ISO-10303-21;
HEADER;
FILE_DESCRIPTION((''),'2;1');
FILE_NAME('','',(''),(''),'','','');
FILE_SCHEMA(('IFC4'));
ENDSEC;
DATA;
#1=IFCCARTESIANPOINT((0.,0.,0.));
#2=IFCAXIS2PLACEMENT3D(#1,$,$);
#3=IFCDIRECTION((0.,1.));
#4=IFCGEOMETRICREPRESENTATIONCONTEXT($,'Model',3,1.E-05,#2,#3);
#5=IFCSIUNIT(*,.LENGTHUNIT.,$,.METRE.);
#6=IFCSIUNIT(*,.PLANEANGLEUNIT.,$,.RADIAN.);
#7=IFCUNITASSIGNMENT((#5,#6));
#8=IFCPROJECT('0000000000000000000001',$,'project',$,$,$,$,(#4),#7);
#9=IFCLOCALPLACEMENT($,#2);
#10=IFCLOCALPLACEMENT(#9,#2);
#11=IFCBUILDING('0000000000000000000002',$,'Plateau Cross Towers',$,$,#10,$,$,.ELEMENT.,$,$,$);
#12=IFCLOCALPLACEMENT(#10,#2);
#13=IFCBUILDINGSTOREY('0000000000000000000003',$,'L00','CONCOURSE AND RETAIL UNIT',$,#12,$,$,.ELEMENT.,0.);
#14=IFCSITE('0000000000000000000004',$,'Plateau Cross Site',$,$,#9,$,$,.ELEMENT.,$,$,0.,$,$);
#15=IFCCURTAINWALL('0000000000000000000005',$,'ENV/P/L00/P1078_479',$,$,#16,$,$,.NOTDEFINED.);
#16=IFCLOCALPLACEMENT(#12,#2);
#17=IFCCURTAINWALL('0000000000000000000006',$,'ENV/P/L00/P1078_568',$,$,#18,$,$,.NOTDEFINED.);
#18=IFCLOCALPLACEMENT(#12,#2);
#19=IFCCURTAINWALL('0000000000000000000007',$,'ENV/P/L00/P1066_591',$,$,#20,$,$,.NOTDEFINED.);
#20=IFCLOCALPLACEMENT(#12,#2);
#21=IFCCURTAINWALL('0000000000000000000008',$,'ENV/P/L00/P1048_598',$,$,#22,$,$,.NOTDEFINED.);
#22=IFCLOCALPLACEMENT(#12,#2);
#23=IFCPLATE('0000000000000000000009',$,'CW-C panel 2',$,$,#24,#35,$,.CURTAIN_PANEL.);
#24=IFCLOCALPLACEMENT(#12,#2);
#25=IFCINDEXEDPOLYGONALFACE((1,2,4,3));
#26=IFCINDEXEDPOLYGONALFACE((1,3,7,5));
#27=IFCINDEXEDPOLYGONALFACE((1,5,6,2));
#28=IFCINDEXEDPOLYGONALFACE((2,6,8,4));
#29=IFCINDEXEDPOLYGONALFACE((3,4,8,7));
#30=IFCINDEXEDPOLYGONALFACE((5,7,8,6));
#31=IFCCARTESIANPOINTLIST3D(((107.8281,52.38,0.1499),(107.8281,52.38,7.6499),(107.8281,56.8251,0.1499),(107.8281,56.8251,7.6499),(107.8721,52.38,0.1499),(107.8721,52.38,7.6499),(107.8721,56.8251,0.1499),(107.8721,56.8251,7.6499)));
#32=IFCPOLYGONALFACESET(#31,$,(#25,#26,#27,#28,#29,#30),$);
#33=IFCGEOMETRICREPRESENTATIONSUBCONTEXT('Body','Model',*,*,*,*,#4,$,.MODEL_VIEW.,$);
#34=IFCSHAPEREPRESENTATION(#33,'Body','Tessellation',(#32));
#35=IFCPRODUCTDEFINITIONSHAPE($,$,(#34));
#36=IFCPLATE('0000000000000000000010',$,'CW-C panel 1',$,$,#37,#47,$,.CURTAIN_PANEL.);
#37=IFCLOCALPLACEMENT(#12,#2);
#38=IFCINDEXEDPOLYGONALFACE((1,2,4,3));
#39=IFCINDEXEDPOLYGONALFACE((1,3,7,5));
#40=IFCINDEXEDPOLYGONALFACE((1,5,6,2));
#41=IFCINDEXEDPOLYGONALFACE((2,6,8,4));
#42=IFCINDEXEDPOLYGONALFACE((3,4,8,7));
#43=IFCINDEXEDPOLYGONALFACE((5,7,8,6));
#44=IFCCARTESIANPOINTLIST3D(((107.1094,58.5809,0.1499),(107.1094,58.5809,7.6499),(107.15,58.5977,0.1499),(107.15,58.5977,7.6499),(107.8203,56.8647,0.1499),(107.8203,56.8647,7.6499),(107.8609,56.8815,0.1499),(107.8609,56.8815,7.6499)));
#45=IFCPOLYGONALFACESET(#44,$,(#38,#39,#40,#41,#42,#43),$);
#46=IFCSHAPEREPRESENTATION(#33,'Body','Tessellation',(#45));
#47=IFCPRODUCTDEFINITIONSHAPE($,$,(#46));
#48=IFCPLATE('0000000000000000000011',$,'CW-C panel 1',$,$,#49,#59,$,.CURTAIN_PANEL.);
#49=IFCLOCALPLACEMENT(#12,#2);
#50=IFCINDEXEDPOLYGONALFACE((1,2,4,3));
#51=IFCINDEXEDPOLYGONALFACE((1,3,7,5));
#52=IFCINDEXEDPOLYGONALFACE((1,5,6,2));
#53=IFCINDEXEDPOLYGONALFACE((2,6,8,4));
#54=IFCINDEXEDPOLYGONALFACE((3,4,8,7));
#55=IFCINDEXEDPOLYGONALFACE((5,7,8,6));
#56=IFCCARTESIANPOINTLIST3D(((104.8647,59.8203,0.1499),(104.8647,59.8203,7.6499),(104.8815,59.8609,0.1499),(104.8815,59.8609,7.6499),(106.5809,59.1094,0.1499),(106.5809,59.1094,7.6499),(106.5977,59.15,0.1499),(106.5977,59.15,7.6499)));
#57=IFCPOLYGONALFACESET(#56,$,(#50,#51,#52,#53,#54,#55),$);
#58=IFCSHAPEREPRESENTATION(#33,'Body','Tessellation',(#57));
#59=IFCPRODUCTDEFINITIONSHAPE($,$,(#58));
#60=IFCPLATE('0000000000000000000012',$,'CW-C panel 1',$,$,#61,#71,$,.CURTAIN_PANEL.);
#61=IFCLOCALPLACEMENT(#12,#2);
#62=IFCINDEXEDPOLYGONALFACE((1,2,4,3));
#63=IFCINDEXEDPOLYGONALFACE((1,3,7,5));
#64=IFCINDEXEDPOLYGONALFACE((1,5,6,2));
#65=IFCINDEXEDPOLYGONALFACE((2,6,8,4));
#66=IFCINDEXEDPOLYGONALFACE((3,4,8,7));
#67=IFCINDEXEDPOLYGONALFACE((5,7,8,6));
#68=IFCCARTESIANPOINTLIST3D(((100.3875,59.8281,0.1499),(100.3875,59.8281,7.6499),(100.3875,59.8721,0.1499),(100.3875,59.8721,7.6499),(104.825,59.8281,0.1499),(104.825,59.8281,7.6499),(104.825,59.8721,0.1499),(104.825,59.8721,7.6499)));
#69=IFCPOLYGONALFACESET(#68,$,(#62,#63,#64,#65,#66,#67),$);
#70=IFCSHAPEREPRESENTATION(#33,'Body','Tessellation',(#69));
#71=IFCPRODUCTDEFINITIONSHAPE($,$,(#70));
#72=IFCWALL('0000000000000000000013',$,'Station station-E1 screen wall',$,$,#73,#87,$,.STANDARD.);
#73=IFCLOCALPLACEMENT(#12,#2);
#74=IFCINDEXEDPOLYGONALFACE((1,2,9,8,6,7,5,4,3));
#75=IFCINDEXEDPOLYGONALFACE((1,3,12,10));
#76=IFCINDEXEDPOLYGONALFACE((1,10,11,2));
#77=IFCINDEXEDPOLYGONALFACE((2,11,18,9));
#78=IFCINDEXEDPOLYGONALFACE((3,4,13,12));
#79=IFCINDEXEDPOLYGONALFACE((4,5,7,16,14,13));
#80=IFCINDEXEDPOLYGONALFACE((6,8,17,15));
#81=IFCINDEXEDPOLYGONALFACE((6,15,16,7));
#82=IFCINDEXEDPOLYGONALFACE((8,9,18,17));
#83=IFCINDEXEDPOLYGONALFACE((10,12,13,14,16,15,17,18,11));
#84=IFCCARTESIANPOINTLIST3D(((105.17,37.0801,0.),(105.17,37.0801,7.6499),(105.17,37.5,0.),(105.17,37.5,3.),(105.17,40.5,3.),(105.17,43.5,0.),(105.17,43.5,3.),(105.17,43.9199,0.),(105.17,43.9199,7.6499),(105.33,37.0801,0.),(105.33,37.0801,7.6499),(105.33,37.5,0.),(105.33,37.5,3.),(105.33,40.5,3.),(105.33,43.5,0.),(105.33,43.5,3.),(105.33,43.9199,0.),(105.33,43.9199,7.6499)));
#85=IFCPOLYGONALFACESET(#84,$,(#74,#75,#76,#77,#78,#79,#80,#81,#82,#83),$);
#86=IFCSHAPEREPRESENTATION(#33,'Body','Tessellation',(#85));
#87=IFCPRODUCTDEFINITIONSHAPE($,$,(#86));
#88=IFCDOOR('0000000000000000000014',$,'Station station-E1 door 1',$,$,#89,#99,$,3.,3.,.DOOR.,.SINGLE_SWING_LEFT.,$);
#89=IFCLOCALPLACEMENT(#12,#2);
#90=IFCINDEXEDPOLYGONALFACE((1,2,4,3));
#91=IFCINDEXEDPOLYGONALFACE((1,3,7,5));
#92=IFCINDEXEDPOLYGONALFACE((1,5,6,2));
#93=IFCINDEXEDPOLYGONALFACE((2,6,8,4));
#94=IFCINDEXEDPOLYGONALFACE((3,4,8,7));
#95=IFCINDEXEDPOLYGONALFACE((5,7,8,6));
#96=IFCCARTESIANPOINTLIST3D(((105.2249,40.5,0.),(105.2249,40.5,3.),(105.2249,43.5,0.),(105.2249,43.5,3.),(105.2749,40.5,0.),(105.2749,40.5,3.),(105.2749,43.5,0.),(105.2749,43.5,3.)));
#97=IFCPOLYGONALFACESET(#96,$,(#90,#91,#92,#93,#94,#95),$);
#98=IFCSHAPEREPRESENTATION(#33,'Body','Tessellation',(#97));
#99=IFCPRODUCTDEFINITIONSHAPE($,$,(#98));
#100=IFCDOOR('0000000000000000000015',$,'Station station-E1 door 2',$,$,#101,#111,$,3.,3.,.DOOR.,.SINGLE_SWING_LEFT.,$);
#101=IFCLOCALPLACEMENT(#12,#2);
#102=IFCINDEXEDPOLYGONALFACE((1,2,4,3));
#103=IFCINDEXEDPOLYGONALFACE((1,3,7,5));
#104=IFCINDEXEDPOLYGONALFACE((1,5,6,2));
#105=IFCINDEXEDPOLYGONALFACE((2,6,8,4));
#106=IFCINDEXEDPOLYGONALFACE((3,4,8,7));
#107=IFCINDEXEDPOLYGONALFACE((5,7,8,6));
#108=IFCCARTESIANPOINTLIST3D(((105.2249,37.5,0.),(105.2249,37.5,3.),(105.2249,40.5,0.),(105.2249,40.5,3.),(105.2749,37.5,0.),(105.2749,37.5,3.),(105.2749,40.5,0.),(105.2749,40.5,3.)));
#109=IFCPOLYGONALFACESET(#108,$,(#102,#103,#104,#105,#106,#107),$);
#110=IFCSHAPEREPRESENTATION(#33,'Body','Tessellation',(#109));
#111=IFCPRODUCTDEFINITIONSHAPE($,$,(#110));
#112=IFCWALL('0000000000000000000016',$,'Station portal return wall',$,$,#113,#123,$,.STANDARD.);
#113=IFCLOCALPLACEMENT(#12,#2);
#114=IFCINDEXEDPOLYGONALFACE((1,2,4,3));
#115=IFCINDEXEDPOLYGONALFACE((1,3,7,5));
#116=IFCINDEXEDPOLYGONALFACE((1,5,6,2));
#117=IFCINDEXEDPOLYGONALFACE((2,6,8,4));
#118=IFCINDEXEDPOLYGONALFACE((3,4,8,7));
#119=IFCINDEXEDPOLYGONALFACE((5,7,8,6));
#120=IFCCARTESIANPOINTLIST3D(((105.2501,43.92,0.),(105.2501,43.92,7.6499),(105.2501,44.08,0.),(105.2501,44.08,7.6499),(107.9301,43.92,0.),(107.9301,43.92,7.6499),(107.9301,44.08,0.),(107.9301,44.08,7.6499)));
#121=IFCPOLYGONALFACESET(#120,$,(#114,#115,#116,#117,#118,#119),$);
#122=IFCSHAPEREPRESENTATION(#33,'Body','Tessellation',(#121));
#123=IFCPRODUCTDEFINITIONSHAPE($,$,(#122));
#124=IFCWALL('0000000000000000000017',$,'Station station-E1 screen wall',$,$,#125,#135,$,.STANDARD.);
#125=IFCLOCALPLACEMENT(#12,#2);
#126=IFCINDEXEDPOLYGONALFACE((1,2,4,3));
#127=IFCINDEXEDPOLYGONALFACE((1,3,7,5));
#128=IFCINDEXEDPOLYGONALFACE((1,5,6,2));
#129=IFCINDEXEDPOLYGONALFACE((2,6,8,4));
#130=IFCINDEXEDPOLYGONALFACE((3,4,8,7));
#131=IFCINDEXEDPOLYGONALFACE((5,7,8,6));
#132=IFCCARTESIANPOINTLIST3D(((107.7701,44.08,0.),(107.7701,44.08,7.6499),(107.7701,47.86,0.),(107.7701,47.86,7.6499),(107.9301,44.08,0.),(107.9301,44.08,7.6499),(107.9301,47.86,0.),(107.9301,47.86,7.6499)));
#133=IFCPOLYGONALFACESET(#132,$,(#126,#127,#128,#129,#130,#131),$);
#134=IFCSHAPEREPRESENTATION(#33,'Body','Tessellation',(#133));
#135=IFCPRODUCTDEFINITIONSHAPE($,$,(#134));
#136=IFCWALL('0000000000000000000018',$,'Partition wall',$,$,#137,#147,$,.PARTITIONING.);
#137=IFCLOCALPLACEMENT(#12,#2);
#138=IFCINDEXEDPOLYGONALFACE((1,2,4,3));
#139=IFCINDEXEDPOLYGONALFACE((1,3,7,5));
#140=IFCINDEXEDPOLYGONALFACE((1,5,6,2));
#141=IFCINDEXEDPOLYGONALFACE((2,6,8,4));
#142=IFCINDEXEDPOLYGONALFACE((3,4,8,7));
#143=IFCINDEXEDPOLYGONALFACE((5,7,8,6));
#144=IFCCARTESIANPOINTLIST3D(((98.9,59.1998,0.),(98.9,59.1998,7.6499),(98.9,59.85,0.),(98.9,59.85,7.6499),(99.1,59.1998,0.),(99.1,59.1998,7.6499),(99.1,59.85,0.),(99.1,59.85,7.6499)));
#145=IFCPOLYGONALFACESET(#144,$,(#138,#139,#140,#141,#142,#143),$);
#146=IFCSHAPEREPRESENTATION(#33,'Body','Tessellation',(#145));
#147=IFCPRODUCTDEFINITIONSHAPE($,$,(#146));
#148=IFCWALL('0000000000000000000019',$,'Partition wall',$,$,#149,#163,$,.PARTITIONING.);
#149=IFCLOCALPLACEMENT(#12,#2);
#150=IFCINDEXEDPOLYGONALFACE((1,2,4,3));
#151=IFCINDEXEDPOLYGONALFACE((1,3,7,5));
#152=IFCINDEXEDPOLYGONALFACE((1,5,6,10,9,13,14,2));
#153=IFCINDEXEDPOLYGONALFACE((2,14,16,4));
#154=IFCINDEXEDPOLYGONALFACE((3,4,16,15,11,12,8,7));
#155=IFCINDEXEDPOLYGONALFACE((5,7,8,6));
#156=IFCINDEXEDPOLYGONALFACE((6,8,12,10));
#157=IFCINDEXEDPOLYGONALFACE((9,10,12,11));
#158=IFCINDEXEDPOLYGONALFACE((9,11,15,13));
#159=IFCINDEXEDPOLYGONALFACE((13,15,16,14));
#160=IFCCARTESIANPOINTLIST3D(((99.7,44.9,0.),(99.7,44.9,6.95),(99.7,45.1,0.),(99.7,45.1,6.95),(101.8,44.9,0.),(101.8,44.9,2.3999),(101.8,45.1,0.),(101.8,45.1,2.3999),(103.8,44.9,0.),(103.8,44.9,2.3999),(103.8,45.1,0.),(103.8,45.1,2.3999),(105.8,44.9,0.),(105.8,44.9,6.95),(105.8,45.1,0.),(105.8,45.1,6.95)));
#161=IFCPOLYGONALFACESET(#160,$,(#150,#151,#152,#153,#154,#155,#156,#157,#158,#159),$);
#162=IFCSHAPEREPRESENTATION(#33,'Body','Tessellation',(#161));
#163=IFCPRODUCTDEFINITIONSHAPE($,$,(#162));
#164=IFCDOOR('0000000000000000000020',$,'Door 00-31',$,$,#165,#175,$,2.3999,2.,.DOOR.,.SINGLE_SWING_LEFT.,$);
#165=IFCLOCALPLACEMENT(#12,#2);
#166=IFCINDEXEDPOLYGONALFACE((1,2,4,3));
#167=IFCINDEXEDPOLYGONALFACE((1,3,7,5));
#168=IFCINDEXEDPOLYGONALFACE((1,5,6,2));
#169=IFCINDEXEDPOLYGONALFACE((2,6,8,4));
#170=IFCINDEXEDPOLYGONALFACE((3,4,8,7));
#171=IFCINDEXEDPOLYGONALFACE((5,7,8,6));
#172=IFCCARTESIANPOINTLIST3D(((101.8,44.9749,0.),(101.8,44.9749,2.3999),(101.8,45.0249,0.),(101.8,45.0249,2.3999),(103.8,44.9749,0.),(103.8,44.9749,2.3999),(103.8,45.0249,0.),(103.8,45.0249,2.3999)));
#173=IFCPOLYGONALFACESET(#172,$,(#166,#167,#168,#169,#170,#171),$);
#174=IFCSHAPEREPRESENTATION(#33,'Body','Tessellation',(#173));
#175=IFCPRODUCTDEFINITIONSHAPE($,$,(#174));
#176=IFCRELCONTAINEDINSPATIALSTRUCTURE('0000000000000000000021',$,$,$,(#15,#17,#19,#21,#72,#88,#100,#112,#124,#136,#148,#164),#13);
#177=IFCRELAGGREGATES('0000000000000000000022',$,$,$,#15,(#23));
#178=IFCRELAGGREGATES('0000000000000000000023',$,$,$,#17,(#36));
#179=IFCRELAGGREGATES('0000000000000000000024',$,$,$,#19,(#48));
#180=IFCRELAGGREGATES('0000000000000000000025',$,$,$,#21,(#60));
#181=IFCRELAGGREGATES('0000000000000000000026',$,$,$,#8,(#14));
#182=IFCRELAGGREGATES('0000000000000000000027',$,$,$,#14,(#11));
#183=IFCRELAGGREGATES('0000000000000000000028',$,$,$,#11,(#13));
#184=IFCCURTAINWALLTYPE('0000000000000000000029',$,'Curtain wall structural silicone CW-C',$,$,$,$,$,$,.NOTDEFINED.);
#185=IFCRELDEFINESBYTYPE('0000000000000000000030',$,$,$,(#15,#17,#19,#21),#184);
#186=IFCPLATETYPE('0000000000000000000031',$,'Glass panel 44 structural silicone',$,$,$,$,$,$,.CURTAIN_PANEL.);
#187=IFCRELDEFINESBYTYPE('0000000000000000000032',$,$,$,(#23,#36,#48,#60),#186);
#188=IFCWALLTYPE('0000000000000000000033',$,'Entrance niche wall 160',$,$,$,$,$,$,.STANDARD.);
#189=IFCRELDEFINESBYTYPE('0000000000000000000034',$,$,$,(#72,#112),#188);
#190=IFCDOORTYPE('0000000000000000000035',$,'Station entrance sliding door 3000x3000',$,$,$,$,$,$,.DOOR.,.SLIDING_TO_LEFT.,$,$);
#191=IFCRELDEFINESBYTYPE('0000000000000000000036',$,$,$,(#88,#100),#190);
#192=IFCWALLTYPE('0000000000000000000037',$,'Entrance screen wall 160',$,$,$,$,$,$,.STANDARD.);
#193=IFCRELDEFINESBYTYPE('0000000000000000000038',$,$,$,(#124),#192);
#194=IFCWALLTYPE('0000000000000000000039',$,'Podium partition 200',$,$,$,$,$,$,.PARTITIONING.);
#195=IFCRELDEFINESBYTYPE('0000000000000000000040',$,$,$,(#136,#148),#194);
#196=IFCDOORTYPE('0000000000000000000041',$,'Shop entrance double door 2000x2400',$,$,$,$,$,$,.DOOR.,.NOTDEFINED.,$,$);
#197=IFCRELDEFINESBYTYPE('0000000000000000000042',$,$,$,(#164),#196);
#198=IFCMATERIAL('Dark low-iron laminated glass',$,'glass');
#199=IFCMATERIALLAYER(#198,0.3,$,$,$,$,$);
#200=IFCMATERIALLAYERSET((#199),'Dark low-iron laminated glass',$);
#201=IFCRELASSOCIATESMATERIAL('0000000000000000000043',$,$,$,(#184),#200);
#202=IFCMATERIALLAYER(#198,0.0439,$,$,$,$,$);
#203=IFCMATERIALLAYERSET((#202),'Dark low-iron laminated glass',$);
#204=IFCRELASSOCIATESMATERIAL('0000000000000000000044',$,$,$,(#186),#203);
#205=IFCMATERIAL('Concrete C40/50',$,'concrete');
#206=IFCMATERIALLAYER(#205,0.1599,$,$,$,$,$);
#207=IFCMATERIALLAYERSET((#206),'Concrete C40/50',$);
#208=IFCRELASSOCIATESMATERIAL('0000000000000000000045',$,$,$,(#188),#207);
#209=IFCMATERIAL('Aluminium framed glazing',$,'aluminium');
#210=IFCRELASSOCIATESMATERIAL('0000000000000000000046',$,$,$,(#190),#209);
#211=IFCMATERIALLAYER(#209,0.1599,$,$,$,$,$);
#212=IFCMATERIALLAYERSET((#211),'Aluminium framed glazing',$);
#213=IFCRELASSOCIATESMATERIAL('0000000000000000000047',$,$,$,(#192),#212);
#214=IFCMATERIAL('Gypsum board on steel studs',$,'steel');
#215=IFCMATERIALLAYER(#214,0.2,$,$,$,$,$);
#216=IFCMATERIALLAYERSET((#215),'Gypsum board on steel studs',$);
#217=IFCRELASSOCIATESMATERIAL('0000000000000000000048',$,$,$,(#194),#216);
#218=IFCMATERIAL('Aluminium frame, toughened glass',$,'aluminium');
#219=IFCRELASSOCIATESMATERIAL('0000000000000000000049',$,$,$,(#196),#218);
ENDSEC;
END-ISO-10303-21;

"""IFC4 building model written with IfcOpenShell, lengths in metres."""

from ifc_helpers import new_model, si_unit, direction, frame, frame_2d, origin, origin_2d, place, context, subcontext, project, spatial, rectangle, extrude, material, layer, layer_set, type_object, element, fill, aggregate, save


model = new_model("IFC4")

# Units and contexts
model_context = context("Model", 3, precision=1e-05, world=origin(), true_north=direction((0.0, 1.0)))
body_context = subcontext(model_context, "Body", "Model", "MODEL_VIEW")
ifc_project = project(units=[si_unit("LENGTHUNIT", "METRE"), si_unit("PLANEANGLEUNIT", "RADIAN")], contexts=[model_context])

# Site, building, storey
site_placement = place(None, origin())
site = spatial("IfcSite", under=ifc_project, at=site_placement, Name="Plateau Cross Site", CompositionType="ELEMENT", RefElevation=0.0)
building_placement = place(site_placement, origin())
building = spatial("IfcBuilding", under=site, at=building_placement, Name="Plateau Cross Towers", CompositionType="ELEMENT")
storey_placement = place(building_placement, origin())
storey = spatial("IfcBuildingStorey", under=building, at=storey_placement, Name="L00", Description="CONCOURSE AND RETAIL UNIT", CompositionType="ELEMENT", Elevation=0.0)

# Curtain walls
ifc_material_1 = material(Name="Dark low-iron laminated glass", Category="glass")
ifc_layer_1 = layer(ifc_material_1, 0.3)
ifc_layer_set_1 = layer_set([ifc_layer_1], Name="Dark low-iron laminated glass")
curtain_wall_type = type_object("IfcCurtainWallType", Name="Curtain wall structural silicone CW-C", PredefinedType="NOTDEFINED", material=ifc_layer_set_1)
curtain_wall_1_placement = place(storey_placement, origin())
curtain_wall_1 = element("IfcCurtainWall", 1, at=curtain_wall_1_placement, inside=storey, type_object=curtain_wall_type, Name="ENV/P/L00/P1078_479", PredefinedType="NOTDEFINED")
curtain_wall_2_placement = place(storey_placement, origin())
curtain_wall_2 = element("IfcCurtainWall", 2, at=curtain_wall_2_placement, inside=storey, type_object=curtain_wall_type, Name="ENV/P/L00/P1078_568", PredefinedType="NOTDEFINED")

# Curtain wall
curtain_wall_3_placement = place(storey_placement, origin())
curtain_wall_3 = element("IfcCurtainWall", 3, at=curtain_wall_3_placement, inside=storey, type_object=curtain_wall_type, Name="ENV/P/L00/P1066_591", PredefinedType="NOTDEFINED")

# Curtain wall
curtain_wall_4_placement = place(storey_placement, origin())
curtain_wall_4 = element("IfcCurtainWall", 4, at=curtain_wall_4_placement, inside=storey, type_object=curtain_wall_type, Name="ENV/P/L00/P1048_598", PredefinedType="NOTDEFINED")

# Plates
ifc_layer_2 = layer(ifc_material_1, 0.0439)
ifc_layer_set_2 = layer_set([ifc_layer_2], Name="Dark low-iron laminated glass")
plate_type = type_object("IfcPlateType", Name="Glass panel 44 structural silicone", PredefinedType="CURTAIN_PANEL", material=ifc_layer_set_2)
plate_1_placement = place(storey_placement, frame((107.8501, 54.6025, 0.1499), z_axis=(0.0, 0.0, 1.0), x_axis=(0.0, 1.0, 0.0)))
plate_1 = element("IfcPlate", 5, at=plate_1_placement, type_object=plate_type, Name="CW-C panel 2", PredefinedType="CURTAIN_PANEL", context=body_context, shape_type="SweptSolid", body=[
    extrude(rectangle(XDim=4.4451, YDim=0.0439, at=origin_2d()), origin(), (0.0, 0.0, 1.0), 7.5),
])
aggregate(curtain_wall_1, [plate_1])
plate_2_placement = place(storey_placement, frame((107.4851, 57.7312, 0.1499), z_axis=(0.0, 0.0, 1.0), x_axis=(-0.382684, 0.923879, 0.0)))
plate_2 = element("IfcPlate", 6, at=plate_2_placement, type_object=plate_type, Name="CW-C panel 1", PredefinedType="CURTAIN_PANEL", context=body_context, shape_type="SweptSolid", body=[
    extrude(rectangle(XDim=1.8577, YDim=0.0439, at=origin_2d()), origin(), (0.0, 0.0, 1.0), 7.5),
])
aggregate(curtain_wall_2, [plate_2])
plate_3_placement = place(storey_placement, frame((105.7312, 59.4851, 0.1499), z_axis=(0.0, 0.0, 1.0), x_axis=(-0.923879, 0.382684, 0.0)))
plate_3 = element("IfcPlate", 7, at=plate_3_placement, type_object=plate_type, Name="CW-C panel 1", PredefinedType="CURTAIN_PANEL", context=body_context, shape_type="SweptSolid", body=[
    extrude(rectangle(XDim=1.8577, YDim=0.0439, at=origin_2d()), origin(), (0.0, 0.0, 1.0), 7.5),
])
aggregate(curtain_wall_3, [plate_3])
plate_4_placement = place(storey_placement, frame((102.6062, 59.8501, 0.1499), z_axis=(0.0, 0.0, 1.0), x_axis=(-1.0, 0.0, 0.0)))
plate_4 = element("IfcPlate", 8, at=plate_4_placement, type_object=plate_type, Name="CW-C panel 1", PredefinedType="CURTAIN_PANEL", context=body_context, shape_type="SweptSolid", body=[
    extrude(rectangle(XDim=4.4375, YDim=0.0439, at=origin_2d()), origin(), (0.0, 0.0, 1.0), 7.5),
])
aggregate(curtain_wall_4, [plate_4])

# Wall, openings, doors
ifc_material_2 = material(Name="Concrete C40/50", Category="concrete")
ifc_layer_3 = layer(ifc_material_2, 0.1599)
ifc_layer_set_3 = layer_set([ifc_layer_3], Name="Concrete C40/50")
wall_type_1 = type_object("IfcWallType", Name="Entrance niche wall 160", PredefinedType="STANDARD", material=ifc_layer_set_3)
wall_1_placement = place(storey_placement, frame((105.25, 43.9199, 0.0), z_axis=(0.0, 0.0, 1.0), x_axis=(0.0, -1.0, 0.0)))
wall_1 = element("IfcWall", 9, at=wall_1_placement, inside=storey, type_object=wall_type_1, Name="Station station-E1 screen wall", PredefinedType="STANDARD", context=body_context, shape_type="SweptSolid", body=[
    extrude(rectangle(XDim=6.8398, YDim=0.1599, at=frame_2d((3.4199, 0.0))), origin(), (0.0, 0.0, 1.0), 7.6499),
])
opening_1_placement = place(wall_1_placement, frame((0.4199, 0.0, 0.0)))
opening_1 = element("IfcOpeningElement", 10, at=opening_1_placement, cuts=wall_1, PredefinedType="OPENING", context=body_context, shape_type="SweptSolid", body=[
    extrude(rectangle(XDim=3.0, YDim=3.0, at=frame_2d((1.5, 1.5))), frame((0.0, 0.0898, 0.0), z_axis=(0.0, -1.0, 0.0), x_axis=(1.0, 0.0, 0.0)), (0.0, 0.0, 1.0), 0.1799),
])
opening_2_placement = place(wall_1_placement, frame((3.4199, 0.0, 0.0)))
opening_2 = element("IfcOpeningElement", 11, at=opening_2_placement, cuts=wall_1, PredefinedType="OPENING", context=body_context, shape_type="SweptSolid", body=[
    extrude(rectangle(XDim=3.0, YDim=3.0, at=frame_2d((1.5, 1.5))), frame((0.0, 0.0898, 0.0), z_axis=(0.0, -1.0, 0.0), x_axis=(1.0, 0.0, 0.0)), (0.0, 0.0, 1.0), 0.1799),
])
ifc_material_3 = material(Name="Aluminium framed glazing", Category="aluminium")
door_type_1 = type_object("IfcDoorType", Name="Station entrance sliding door 3000x3000", OperationType="SLIDING_TO_LEFT", PredefinedType="DOOR", material=ifc_material_3)
door_1_placement = place(opening_1_placement, origin())
door_1 = element("IfcDoor", 12, at=door_1_placement, inside=storey, type_object=door_type_1, Name="Station station-E1 door 1", OperationType="SINGLE_SWING_LEFT", OverallHeight=3.0, OverallWidth=3.0, PredefinedType="DOOR", context=body_context, shape_type="SweptSolid", body=[
    extrude(rectangle(XDim=3.0, YDim=3.0, at=frame_2d((1.5, 1.5))), frame((0.0, 0.0249, 0.0), z_axis=(0.0, -1.0, 0.0), x_axis=(1.0, 0.0, 0.0)), (0.0, 0.0, 1.0), 0.05),
])
fill(opening_1, door_1)
door_2_placement = place(opening_2_placement, origin())
door_2 = element("IfcDoor", 13, at=door_2_placement, inside=storey, type_object=door_type_1, Name="Station station-E1 door 2", OperationType="SINGLE_SWING_LEFT", OverallHeight=3.0, OverallWidth=3.0, PredefinedType="DOOR", context=body_context, shape_type="SweptSolid", body=[
    extrude(rectangle(XDim=3.0, YDim=3.0, at=frame_2d((1.5, 1.5))), frame((0.0, 0.0249, 0.0), z_axis=(0.0, -1.0, 0.0), x_axis=(1.0, 0.0, 0.0)), (0.0, 0.0, 1.0), 0.05),
])
fill(opening_2, door_2)

# Walls
wall_2_placement = place(storey_placement, frame((107.9299, 44.0, 0.0), z_axis=(0.0, 0.0, 1.0), x_axis=(-1.0, 0.0, 0.0)))
element("IfcWall", 14, at=wall_2_placement, inside=storey, type_object=wall_type_1, Name="Station portal return wall", PredefinedType="STANDARD", context=body_context, shape_type="SweptSolid", body=[
    extrude(rectangle(XDim=2.6799, YDim=0.1599, at=frame_2d((1.3398, 0.0))), origin(), (0.0, 0.0, 1.0), 7.6499),
])
ifc_layer_4 = layer(ifc_material_3, 0.1599)
ifc_layer_set_4 = layer_set([ifc_layer_4], Name="Aluminium framed glazing")
wall_type_2 = type_object("IfcWallType", Name="Entrance screen wall 160", PredefinedType="STANDARD", material=ifc_layer_set_4)
wall_3_placement = place(storey_placement, frame((107.8501, 47.8601, 0.0), z_axis=(0.0, 0.0, 1.0), x_axis=(0.0, -1.0, 0.0)))
element("IfcWall", 15, at=wall_3_placement, inside=storey, type_object=wall_type_2, Name="Station station-E1 screen wall", PredefinedType="STANDARD", context=body_context, shape_type="SweptSolid", body=[
    extrude(rectangle(XDim=3.78, YDim=0.1599, at=frame_2d((1.8901, 0.0))), origin(), (0.0, 0.0, 1.0), 7.6499),
])
ifc_material_4 = material(Name="Gypsum board on steel studs", Category="steel")
ifc_layer_5 = layer(ifc_material_4, 0.2)
ifc_layer_set_5 = layer_set([ifc_layer_5], Name="Gypsum board on steel studs")
wall_type_3 = type_object("IfcWallType", Name="Podium partition 200", PredefinedType="PARTITIONING", material=ifc_layer_set_5)
wall_4_placement = place(storey_placement, frame((99.0, 59.8501, 0.0), z_axis=(0.0, 0.0, 1.0), x_axis=(0.0, -1.0, 0.0)))
element("IfcWall", 16, at=wall_4_placement, inside=storey, type_object=wall_type_3, Name="Partition wall", PredefinedType="PARTITIONING", context=body_context, shape_type="SweptSolid", body=[
    extrude(rectangle(XDim=0.6501, YDim=0.2, at=frame_2d((0.3252, 0.0))), origin(), (0.0, 0.0, 1.0), 7.6499),
])

# Wall, opening, door
wall_5_placement = place(storey_placement, frame((99.7, 45.0, 0.0), z_axis=(0.0, 0.0, 1.0), x_axis=(1.0, 0.0, 0.0)))
wall_5 = element("IfcWall", 17, at=wall_5_placement, inside=storey, type_object=wall_type_3, Name="Partition wall", PredefinedType="PARTITIONING", context=body_context, shape_type="SweptSolid", body=[
    extrude(rectangle(XDim=6.1001, YDim=0.2, at=frame_2d((3.05, 0.0))), origin(), (0.0, 0.0, 1.0), 6.95),
])
opening_3_placement = place(wall_5_placement, frame((2.1001, 0.0, 0.0)))
opening_3 = element("IfcOpeningElement", 18, at=opening_3_placement, cuts=wall_5, PredefinedType="OPENING", context=body_context, shape_type="SweptSolid", body=[
    extrude(rectangle(XDim=2.0, YDim=2.3999, at=frame_2d((1.0, 1.2))), frame((0.0, 0.1099, 0.0), z_axis=(0.0, -1.0, 0.0), x_axis=(1.0, 0.0, 0.0)), (0.0, 0.0, 1.0), 0.22),
])
ifc_material_5 = material(Name="Aluminium frame, toughened glass", Category="aluminium")
door_type_2 = type_object("IfcDoorType", Name="Shop entrance double door 2000x2400", OperationType="NOTDEFINED", PredefinedType="DOOR", material=ifc_material_5)
door_3_placement = place(opening_3_placement, origin())
door_3 = element("IfcDoor", 19, at=door_3_placement, inside=storey, type_object=door_type_2, Name="Door 00-31", OperationType="SINGLE_SWING_LEFT", OverallHeight=2.3999, OverallWidth=2.0, PredefinedType="DOOR", context=body_context, shape_type="SweptSolid", body=[
    extrude(rectangle(XDim=2.0, YDim=2.3999, at=frame_2d((1.0, 1.2))), frame((0.0, 0.0249, 0.0), z_axis=(0.0, -1.0, 0.0), x_axis=(1.0, 0.0, 0.0)), (0.0, 0.0, 1.0), 0.05),
])
fill(opening_3, door_3)

save(model, "model.ifc")
